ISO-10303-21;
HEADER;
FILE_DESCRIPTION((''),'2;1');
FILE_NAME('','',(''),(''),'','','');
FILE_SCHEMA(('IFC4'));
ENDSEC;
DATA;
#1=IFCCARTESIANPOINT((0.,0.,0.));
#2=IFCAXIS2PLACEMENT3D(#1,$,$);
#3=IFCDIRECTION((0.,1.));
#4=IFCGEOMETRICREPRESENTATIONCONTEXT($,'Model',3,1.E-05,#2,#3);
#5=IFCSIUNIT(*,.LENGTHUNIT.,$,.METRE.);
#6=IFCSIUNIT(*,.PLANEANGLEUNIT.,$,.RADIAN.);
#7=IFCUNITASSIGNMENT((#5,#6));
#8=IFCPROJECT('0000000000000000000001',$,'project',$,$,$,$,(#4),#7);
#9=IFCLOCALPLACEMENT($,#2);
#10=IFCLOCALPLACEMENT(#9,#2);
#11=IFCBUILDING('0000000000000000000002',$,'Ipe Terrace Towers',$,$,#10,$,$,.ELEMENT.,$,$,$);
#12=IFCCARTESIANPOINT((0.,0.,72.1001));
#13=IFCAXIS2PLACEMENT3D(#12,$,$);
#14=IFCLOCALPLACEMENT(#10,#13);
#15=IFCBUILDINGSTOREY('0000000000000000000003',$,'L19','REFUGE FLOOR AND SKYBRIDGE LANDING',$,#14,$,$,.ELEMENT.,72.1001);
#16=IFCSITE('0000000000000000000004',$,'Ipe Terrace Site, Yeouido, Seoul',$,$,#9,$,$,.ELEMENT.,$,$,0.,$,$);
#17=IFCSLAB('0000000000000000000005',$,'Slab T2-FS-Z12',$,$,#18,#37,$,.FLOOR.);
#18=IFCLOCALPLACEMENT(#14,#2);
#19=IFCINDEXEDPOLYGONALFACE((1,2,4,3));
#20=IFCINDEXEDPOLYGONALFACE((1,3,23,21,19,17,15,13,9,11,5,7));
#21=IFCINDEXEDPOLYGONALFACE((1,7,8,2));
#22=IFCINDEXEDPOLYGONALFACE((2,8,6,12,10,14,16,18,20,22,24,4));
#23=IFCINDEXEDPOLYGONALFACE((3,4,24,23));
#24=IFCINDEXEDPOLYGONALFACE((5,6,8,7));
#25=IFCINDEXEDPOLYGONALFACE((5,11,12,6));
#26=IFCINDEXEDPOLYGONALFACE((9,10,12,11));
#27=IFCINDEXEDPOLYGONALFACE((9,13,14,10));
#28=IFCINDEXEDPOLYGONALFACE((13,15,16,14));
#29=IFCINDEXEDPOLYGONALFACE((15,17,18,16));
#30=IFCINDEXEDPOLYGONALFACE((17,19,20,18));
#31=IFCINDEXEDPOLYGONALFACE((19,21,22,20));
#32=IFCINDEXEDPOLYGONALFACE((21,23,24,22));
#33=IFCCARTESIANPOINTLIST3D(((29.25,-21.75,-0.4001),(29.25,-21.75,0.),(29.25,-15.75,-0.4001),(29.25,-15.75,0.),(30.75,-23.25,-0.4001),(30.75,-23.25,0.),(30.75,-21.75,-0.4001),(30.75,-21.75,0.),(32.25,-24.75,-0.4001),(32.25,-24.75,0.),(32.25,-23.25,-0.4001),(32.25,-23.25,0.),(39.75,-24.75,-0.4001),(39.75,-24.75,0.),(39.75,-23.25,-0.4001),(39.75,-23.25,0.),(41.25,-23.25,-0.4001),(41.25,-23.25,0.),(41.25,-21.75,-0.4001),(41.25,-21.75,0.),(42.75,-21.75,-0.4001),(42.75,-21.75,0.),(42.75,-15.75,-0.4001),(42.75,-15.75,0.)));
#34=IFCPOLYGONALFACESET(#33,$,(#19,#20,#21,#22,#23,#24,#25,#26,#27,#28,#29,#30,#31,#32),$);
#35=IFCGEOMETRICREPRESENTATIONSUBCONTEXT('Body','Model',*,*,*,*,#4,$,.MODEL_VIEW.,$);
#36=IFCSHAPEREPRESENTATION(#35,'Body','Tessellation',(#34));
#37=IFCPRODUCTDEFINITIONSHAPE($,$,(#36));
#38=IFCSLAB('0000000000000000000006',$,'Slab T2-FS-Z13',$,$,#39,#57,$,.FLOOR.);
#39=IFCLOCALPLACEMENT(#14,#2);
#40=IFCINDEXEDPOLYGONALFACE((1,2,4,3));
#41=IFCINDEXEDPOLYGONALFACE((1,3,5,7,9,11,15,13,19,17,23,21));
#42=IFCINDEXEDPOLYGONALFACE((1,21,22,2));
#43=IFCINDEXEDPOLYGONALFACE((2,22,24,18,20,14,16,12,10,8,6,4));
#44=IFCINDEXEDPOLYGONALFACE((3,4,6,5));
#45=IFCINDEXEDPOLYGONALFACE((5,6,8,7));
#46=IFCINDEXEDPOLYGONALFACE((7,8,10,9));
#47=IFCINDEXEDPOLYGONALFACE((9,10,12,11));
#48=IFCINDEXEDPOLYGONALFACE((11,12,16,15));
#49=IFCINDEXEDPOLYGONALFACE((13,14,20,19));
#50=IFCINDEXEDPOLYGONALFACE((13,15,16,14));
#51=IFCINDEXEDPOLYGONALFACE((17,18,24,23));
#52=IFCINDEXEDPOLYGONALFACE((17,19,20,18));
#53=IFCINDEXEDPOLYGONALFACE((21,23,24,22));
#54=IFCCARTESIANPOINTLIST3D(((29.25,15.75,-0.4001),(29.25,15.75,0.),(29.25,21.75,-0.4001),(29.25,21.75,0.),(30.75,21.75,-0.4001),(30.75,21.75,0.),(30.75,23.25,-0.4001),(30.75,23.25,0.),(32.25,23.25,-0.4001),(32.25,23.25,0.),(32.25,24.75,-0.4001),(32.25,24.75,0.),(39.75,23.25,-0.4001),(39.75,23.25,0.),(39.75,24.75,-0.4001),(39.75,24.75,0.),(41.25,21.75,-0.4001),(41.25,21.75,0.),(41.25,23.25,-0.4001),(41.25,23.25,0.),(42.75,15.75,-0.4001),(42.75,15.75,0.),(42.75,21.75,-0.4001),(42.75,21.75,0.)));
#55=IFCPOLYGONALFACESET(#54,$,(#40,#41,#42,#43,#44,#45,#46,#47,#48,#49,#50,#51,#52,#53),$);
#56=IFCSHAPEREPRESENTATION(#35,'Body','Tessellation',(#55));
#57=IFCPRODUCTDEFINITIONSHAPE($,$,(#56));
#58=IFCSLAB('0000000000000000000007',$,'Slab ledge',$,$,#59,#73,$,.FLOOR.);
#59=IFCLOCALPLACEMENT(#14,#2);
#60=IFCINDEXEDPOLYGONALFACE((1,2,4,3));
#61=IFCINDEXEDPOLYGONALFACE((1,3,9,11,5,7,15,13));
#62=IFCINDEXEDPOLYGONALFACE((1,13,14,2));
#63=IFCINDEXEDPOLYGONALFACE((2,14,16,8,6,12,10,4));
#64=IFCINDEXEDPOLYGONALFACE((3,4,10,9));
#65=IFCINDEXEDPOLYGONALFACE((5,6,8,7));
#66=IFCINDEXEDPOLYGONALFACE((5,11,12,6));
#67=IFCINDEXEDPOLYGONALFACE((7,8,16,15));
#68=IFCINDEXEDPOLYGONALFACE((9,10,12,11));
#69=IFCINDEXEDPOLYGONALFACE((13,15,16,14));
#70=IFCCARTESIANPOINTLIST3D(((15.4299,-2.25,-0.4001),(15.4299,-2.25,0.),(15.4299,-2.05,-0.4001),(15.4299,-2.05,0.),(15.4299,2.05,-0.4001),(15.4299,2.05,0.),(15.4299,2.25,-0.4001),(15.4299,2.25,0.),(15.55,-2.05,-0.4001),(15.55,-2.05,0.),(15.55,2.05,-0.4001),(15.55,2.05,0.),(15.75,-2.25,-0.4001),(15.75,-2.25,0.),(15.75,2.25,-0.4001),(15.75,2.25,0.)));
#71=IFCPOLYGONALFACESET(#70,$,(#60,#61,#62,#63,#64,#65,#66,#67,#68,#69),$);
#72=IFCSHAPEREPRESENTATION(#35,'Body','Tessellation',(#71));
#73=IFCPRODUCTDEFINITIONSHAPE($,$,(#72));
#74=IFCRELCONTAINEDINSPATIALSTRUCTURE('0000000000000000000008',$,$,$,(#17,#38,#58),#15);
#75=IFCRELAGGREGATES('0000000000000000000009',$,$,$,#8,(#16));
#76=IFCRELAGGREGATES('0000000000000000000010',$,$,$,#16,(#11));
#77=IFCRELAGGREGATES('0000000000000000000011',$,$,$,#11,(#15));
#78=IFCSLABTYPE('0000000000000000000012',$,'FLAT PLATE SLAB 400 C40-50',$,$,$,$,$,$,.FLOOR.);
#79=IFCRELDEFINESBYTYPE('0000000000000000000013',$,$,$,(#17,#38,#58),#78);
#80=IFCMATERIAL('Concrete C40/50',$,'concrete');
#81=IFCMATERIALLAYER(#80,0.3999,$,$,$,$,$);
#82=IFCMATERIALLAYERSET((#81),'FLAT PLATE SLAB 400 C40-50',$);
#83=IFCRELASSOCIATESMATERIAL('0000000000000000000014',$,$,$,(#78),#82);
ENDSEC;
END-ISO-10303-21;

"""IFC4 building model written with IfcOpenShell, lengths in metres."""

from ifc_helpers import new_model, si_unit, direction, frame, origin, place, context, subcontext, project, spatial, polyline, outline, extrude, material, layer, layer_set, type_object, element, save


model = new_model("IFC4")

# Units and contexts
model_context = context("Model", 3, precision=1e-05, world=origin(), true_north=direction((0.0, 1.0)))
body_context = subcontext(model_context, "Body", "Model", "MODEL_VIEW")
ifc_project = project(units=[si_unit("LENGTHUNIT", "METRE"), si_unit("PLANEANGLEUNIT", "RADIAN")], contexts=[model_context])

# Site, building, storey
site_placement = place(None, origin())
site = spatial("IfcSite", under=ifc_project, at=site_placement, Name="Ipe Terrace Site, Yeouido, Seoul", CompositionType="ELEMENT", RefElevation=0.0)
building_placement = place(site_placement, origin())
building = spatial("IfcBuilding", under=site, at=building_placement, Name="Ipe Terrace Towers", CompositionType="ELEMENT")
storey_placement = place(building_placement, frame((0.0, 0.0, 72.1001)))
storey = spatial("IfcBuildingStorey", under=building, at=storey_placement, Name="L19", Description="REFUGE FLOOR AND SKYBRIDGE LANDING", CompositionType="ELEMENT", Elevation=72.1001)

# Slabs
ifc_material_1 = material(Name="Concrete C40/50", Category="concrete")
ifc_layer_1 = layer(ifc_material_1, 0.3999)
ifc_layer_set_1 = layer_set([ifc_layer_1], Name="FLAT PLATE SLAB 400 C40-50")
slab_type_1 = type_object("IfcSlabType", Name="FLAT PLATE SLAB 400 C40-50", PredefinedType="FLOOR", material=ifc_layer_set_1)
slab_1_placement = place(storey_placement, frame((0.0, 0.0, -0.4001)))
element("IfcSlab", 1, at=slab_1_placement, inside=storey, type_object=slab_type_1, Name="Slab T2-FS-Z12", PredefinedType="FLOOR", context=body_context, shape_type="SweptSolid", body=[
    extrude(outline(polyline([(42.75, -21.75), (41.25, -21.75), (41.25, -23.25), (39.75, -23.25), (39.75, -24.75), (32.25, -24.75), (32.25, -23.25), (30.75, -23.25), (30.75, -21.75), (29.25, -21.75), (29.25, -15.75), (42.75, -15.75), (42.75, -21.75)])), origin(), (0.0, 0.0, 1.0), 0.4001),
])
slab_2_placement = place(storey_placement, frame((0.0, 0.0, -0.4001)))
element("IfcSlab", 2, at=slab_2_placement, inside=storey, type_object=slab_type_1, Name="Slab T2-FS-Z13", PredefinedType="FLOOR", context=body_context, shape_type="SweptSolid", body=[
    extrude(outline(polyline([(30.75, 21.75), (30.75, 23.25), (32.25, 23.25), (32.25, 24.75), (39.75, 24.75), (39.75, 23.25), (41.25, 23.25), (41.25, 21.75), (42.75, 21.75), (42.75, 15.75), (29.25, 15.75), (29.25, 21.75), (30.75, 21.75)])), origin(), (0.0, 0.0, 1.0), 0.4001),
])
slab_3_placement = place(storey_placement, frame((0.0, 0.0, -0.4001)))
element("IfcSlab", 3, at=slab_3_placement, inside=storey, type_object=slab_type_1, Name="Slab ledge", PredefinedType="FLOOR", context=body_context, shape_type="SweptSolid", body=[
    extrude(outline(polyline([(15.75, -2.25), (15.4299, -2.25), (15.4299, -2.05), (15.55, -2.05), (15.55, 2.05), (15.4299, 2.05), (15.4299, 2.25), (15.75, 2.25), (15.75, -2.25)])), origin(), (0.0, 0.0, 1.0), 0.4001),
])

save(model, "model.ifc")
